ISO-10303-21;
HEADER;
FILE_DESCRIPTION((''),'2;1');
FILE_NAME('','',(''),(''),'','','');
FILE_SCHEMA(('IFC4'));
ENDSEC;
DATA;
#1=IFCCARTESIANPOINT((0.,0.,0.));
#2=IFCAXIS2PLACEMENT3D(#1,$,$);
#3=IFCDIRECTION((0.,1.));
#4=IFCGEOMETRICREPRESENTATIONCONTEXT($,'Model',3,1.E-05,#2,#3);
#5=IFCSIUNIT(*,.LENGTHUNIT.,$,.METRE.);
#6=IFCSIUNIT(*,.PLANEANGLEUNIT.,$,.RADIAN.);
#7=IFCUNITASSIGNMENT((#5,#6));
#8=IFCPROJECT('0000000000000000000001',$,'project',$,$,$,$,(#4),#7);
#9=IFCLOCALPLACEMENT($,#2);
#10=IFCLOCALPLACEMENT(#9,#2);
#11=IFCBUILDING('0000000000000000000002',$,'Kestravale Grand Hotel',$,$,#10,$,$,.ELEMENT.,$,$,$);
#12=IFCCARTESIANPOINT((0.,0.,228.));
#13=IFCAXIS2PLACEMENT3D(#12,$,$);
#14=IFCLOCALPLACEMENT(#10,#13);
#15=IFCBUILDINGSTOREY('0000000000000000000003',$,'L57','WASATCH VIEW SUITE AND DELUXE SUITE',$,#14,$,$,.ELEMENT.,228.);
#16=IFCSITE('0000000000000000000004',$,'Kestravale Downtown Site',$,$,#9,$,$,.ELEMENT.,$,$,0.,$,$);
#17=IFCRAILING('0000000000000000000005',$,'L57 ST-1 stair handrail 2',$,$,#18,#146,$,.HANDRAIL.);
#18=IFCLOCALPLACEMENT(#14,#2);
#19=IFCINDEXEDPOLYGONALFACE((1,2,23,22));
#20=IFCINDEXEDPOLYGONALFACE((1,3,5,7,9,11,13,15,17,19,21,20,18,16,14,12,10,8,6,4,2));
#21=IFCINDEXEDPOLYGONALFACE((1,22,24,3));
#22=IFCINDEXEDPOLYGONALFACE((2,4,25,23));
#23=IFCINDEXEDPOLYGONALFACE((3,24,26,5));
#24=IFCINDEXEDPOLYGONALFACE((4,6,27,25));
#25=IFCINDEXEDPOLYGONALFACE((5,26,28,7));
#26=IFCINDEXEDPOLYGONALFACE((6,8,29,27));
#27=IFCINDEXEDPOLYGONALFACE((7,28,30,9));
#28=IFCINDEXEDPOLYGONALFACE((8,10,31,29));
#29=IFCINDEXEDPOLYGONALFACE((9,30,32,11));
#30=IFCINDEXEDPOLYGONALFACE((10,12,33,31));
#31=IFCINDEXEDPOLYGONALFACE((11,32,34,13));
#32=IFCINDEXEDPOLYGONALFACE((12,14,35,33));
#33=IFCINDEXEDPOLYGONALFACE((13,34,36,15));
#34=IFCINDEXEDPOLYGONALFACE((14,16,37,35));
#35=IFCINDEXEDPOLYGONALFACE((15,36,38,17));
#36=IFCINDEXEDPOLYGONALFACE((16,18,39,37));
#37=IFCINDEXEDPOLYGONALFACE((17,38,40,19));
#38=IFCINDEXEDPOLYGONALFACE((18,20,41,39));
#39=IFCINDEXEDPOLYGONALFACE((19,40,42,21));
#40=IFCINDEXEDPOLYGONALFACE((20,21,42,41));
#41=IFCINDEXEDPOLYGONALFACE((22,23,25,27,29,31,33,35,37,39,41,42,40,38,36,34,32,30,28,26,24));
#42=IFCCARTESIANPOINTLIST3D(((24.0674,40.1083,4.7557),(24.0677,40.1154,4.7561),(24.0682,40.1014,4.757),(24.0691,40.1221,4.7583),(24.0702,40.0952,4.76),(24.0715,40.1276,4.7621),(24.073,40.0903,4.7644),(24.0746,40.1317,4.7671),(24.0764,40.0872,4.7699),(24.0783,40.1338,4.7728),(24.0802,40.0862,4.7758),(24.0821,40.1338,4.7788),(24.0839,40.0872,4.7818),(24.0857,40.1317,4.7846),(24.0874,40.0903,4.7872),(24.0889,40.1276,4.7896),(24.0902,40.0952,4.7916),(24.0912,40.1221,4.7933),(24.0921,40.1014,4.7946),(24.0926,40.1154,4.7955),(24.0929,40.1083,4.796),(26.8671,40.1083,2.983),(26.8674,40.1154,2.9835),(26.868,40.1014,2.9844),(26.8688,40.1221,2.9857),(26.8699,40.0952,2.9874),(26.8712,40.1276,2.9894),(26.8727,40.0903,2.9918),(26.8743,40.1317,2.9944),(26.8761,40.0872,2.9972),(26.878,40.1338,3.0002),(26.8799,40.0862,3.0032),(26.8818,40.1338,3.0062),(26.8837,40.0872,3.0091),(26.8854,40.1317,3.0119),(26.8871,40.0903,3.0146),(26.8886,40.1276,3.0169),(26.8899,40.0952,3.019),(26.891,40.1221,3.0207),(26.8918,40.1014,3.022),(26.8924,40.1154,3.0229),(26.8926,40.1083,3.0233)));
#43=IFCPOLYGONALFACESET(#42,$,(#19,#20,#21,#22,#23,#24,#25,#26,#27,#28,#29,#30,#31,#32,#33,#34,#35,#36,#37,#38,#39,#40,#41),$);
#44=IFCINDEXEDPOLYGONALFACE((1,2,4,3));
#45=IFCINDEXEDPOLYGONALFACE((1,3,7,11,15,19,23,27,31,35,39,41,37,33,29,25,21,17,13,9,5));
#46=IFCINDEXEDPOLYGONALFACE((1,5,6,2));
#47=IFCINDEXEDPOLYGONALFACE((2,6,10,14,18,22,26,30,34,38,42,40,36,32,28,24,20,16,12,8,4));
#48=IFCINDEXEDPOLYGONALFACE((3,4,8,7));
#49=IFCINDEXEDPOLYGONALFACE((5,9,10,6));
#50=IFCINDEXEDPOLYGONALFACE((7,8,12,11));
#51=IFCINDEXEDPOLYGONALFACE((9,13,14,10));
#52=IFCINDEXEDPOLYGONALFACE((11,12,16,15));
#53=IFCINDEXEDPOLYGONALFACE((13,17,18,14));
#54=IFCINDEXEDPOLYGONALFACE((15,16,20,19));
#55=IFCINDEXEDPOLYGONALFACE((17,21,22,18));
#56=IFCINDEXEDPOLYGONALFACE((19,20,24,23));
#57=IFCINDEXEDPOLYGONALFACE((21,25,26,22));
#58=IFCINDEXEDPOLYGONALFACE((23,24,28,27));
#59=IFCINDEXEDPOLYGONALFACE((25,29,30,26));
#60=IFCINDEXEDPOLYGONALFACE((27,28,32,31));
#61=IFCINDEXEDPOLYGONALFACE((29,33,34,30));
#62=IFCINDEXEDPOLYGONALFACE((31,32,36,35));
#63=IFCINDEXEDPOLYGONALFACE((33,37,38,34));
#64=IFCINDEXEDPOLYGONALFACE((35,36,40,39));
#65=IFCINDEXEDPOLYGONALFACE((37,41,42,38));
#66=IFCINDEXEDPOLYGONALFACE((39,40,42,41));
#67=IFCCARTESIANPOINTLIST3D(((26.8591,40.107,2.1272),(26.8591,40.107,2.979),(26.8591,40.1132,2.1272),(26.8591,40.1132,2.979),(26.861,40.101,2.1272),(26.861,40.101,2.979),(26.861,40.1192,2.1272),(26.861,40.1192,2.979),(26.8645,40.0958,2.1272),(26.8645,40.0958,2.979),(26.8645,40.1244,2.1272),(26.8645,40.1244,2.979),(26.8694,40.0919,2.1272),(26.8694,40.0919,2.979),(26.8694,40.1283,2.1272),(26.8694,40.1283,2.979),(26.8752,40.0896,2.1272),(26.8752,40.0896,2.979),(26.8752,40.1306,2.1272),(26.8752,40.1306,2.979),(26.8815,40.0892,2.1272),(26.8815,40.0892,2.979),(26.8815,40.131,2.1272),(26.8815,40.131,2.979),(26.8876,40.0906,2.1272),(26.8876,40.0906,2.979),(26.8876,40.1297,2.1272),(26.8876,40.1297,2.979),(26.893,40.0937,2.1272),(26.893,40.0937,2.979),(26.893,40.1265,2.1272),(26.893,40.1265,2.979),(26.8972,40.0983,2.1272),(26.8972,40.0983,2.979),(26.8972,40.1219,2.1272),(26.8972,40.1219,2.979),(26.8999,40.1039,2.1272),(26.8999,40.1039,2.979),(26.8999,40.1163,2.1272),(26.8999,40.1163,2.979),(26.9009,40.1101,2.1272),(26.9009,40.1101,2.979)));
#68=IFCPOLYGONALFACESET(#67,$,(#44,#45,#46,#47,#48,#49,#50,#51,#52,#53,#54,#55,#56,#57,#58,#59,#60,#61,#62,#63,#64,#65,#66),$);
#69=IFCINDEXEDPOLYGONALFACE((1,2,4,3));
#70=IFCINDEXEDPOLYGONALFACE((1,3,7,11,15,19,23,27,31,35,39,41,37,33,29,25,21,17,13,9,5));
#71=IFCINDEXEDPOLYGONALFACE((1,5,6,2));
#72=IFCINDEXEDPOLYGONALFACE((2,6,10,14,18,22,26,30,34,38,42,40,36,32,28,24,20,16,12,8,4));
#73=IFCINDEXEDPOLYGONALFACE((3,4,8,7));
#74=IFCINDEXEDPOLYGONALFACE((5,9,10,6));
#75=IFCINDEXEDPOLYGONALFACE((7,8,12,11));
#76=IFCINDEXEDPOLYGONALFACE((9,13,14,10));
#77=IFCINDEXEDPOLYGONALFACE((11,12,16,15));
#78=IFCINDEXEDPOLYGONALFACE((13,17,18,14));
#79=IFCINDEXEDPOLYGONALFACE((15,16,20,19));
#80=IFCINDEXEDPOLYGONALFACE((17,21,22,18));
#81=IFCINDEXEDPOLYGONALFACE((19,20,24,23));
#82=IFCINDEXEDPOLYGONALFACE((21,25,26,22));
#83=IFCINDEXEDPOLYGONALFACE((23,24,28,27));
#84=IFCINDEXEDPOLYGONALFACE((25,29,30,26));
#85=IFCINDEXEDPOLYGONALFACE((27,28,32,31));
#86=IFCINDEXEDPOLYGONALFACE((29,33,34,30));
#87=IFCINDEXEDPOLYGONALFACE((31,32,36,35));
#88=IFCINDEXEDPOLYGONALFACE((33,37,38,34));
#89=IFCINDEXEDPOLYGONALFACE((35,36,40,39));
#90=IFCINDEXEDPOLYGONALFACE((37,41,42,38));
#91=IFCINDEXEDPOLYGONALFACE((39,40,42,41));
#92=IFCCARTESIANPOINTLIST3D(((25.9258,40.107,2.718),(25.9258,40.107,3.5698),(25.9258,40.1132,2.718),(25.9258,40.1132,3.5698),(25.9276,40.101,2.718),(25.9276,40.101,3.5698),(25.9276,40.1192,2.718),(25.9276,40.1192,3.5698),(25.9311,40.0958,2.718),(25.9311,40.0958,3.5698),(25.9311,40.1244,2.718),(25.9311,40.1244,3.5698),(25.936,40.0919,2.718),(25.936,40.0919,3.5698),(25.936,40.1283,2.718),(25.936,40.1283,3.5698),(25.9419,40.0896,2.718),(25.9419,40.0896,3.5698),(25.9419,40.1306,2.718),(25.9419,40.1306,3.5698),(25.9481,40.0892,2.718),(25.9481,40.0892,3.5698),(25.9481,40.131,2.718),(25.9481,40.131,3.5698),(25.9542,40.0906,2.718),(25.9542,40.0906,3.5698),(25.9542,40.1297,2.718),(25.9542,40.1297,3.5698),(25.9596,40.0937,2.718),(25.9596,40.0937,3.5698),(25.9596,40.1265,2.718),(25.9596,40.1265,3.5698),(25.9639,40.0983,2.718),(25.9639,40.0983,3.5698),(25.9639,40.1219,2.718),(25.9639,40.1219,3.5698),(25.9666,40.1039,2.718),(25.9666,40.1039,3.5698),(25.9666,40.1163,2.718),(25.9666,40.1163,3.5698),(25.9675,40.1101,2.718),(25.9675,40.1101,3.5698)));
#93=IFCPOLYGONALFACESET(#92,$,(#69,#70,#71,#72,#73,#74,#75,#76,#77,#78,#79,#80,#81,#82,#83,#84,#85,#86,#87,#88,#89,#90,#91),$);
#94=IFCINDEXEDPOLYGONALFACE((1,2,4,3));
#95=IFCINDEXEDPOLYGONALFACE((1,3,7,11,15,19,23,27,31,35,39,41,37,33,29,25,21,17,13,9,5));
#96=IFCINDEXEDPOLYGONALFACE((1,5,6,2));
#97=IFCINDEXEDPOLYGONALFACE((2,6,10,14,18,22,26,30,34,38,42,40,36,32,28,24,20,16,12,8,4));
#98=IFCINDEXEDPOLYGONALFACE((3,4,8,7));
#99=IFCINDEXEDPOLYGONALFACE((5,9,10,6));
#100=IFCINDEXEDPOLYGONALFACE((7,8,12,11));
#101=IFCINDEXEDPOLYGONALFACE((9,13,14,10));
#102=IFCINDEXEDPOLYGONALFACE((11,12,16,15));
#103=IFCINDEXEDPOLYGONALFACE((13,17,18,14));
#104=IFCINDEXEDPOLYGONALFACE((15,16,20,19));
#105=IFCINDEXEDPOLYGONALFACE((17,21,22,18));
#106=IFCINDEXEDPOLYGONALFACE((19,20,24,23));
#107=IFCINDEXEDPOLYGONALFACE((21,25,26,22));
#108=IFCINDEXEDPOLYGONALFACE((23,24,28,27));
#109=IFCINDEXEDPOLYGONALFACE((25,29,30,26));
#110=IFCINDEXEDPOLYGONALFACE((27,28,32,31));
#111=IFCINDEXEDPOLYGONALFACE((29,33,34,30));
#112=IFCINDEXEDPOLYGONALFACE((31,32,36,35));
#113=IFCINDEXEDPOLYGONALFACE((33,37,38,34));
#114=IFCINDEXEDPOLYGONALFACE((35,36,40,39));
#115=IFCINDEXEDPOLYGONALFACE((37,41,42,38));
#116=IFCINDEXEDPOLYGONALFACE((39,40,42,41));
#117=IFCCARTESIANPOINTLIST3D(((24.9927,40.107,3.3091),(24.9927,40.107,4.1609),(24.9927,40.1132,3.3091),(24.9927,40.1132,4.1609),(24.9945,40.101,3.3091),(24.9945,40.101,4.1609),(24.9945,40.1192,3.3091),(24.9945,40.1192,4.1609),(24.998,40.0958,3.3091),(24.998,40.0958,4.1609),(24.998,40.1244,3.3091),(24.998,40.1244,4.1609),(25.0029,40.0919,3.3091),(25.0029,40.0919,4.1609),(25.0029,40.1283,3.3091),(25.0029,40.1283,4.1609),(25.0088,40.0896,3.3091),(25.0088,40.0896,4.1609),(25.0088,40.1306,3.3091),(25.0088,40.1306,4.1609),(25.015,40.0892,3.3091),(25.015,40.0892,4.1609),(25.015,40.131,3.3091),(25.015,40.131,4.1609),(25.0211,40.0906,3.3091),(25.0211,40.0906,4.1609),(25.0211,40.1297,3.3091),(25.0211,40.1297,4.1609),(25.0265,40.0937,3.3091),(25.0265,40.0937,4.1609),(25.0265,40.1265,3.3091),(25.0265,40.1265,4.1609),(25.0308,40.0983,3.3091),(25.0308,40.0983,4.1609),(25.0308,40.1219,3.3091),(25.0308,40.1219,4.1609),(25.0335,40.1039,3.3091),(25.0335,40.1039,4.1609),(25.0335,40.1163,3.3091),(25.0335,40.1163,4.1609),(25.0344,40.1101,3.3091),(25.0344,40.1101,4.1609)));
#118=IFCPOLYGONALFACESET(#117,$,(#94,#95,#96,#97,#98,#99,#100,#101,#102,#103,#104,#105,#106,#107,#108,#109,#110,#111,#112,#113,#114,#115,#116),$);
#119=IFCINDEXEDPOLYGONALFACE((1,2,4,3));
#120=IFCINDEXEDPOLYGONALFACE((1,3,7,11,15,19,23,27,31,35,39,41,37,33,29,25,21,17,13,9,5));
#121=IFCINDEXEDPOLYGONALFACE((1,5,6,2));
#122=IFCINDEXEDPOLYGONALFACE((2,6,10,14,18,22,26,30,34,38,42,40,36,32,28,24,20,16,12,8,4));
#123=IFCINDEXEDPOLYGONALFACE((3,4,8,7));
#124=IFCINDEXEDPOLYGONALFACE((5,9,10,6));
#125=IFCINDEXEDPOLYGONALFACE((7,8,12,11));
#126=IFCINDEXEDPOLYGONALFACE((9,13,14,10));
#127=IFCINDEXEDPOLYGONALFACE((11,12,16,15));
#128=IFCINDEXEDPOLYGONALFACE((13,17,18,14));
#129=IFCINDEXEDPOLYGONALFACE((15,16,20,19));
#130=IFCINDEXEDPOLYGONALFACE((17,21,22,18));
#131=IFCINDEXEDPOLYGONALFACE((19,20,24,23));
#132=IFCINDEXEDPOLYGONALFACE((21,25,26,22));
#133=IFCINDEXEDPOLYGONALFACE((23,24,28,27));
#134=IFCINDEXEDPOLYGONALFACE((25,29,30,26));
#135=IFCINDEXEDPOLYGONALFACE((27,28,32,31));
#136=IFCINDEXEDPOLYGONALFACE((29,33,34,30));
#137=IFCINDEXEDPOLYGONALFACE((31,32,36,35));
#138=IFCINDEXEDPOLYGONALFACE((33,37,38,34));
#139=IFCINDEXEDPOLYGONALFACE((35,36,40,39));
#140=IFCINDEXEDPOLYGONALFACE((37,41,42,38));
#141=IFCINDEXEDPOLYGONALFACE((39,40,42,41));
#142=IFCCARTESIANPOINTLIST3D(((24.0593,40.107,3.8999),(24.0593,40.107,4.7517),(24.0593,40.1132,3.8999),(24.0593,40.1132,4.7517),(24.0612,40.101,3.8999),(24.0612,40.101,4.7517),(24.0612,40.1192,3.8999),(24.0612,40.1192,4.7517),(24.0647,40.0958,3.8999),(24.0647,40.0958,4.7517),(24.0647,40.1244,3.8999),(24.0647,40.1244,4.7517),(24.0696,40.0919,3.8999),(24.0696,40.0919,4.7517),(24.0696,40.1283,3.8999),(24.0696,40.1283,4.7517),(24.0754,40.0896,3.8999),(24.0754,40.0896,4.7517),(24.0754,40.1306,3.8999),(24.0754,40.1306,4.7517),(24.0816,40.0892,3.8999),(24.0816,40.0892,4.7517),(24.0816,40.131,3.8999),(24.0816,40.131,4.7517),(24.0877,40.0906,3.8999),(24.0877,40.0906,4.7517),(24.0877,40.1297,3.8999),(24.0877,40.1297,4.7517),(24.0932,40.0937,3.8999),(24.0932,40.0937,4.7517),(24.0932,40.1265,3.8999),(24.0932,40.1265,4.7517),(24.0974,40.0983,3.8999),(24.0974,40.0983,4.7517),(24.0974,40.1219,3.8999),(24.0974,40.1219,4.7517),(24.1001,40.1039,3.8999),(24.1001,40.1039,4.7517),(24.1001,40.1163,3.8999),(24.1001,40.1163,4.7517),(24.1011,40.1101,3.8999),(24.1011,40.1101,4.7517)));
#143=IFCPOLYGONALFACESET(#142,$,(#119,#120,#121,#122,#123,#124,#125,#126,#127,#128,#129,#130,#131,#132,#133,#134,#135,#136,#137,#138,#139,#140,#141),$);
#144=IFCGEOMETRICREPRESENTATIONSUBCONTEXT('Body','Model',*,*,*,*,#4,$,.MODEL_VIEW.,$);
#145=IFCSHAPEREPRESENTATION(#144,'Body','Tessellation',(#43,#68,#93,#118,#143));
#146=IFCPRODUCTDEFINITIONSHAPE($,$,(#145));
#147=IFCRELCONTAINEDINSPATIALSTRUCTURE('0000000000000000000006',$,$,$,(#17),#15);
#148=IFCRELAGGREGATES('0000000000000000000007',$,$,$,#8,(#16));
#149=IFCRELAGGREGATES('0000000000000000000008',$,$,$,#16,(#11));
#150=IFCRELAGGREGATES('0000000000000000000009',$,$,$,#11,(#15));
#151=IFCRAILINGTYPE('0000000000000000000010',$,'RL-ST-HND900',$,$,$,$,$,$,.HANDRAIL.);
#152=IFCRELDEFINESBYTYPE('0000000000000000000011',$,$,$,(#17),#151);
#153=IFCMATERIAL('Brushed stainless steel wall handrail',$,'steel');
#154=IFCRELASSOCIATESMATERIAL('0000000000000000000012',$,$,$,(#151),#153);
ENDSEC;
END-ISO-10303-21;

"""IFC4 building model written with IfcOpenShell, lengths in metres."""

from ifc_helpers import new_model, si_unit, direction, frame, origin, origin_2d, place, context, subcontext, project, spatial, circle, extrude, material, type_object, element, save


model = new_model("IFC4")

# Units and contexts
model_context = context("Model", 3, precision=1e-05, world=origin(), true_north=direction((0.0, 1.0)))
body_context = subcontext(model_context, "Body", "Model", "MODEL_VIEW")
ifc_project = project(units=[si_unit("LENGTHUNIT", "METRE"), si_unit("PLANEANGLEUNIT", "RADIAN")], contexts=[model_context])

# Site, building, storey
site_placement = place(None, origin())
site = spatial("IfcSite", under=ifc_project, at=site_placement, Name="Kestravale Downtown Site", CompositionType="ELEMENT", RefElevation=0.0)
building_placement = place(site_placement, origin())
building = spatial("IfcBuilding", under=site, at=building_placement, Name="Kestravale Grand Hotel", CompositionType="ELEMENT")
storey_placement = place(building_placement, frame((0.0, 0.0, 228.0)))
storey = spatial("IfcBuildingStorey", under=building, at=storey_placement, Name="L57", Description="WASATCH VIEW SUITE AND DELUXE SUITE", CompositionType="ELEMENT", Elevation=228.0)

# Railing
ifc_material_1 = material(Name="Brushed stainless steel wall handrail", Category="steel")
railing_type_1 = type_object("IfcRailingType", Name="RL-ST-HND900", PredefinedType="HANDRAIL", material=ifc_material_1)
railing_1_placement = place(storey_placement, frame((26.8799, 40.1101, 2.1272)))
element("IfcRailing", 1, at=railing_1_placement, inside=storey, type_object=railing_type_1, Name="L57 ST-1 stair handrail 2", PredefinedType="HANDRAIL", context=body_context, shape_type="SweptSolid", body=[
    extrude(circle(Radius=0.0239, at=origin_2d()), frame((0.0, 0.0, 0.876), z_axis=(-0.844888, 0.0, 0.534943), x_axis=(0.0, -1.0, 0.0)), (0.0, 0.0, 1.0), 3.3137),
    extrude(circle(Radius=0.021, at=origin_2d()), origin(), (0.0, 0.0, 1.0), 0.8518),
    extrude(circle(Radius=0.021, at=origin_2d()), frame((-0.9333, 0.0, 0.5908)), (0.0, 0.0, 1.0), 0.8518),
    extrude(circle(Radius=0.021, at=origin_2d()), frame((-1.8665, 0.0, 1.1819)), (0.0, 0.0, 1.0), 0.8518),
    extrude(circle(Radius=0.021, at=origin_2d()), frame((-2.7998, 0.0, 1.7727)), (0.0, 0.0, 1.0), 0.8518),
])

save(model, "model.ifc")
